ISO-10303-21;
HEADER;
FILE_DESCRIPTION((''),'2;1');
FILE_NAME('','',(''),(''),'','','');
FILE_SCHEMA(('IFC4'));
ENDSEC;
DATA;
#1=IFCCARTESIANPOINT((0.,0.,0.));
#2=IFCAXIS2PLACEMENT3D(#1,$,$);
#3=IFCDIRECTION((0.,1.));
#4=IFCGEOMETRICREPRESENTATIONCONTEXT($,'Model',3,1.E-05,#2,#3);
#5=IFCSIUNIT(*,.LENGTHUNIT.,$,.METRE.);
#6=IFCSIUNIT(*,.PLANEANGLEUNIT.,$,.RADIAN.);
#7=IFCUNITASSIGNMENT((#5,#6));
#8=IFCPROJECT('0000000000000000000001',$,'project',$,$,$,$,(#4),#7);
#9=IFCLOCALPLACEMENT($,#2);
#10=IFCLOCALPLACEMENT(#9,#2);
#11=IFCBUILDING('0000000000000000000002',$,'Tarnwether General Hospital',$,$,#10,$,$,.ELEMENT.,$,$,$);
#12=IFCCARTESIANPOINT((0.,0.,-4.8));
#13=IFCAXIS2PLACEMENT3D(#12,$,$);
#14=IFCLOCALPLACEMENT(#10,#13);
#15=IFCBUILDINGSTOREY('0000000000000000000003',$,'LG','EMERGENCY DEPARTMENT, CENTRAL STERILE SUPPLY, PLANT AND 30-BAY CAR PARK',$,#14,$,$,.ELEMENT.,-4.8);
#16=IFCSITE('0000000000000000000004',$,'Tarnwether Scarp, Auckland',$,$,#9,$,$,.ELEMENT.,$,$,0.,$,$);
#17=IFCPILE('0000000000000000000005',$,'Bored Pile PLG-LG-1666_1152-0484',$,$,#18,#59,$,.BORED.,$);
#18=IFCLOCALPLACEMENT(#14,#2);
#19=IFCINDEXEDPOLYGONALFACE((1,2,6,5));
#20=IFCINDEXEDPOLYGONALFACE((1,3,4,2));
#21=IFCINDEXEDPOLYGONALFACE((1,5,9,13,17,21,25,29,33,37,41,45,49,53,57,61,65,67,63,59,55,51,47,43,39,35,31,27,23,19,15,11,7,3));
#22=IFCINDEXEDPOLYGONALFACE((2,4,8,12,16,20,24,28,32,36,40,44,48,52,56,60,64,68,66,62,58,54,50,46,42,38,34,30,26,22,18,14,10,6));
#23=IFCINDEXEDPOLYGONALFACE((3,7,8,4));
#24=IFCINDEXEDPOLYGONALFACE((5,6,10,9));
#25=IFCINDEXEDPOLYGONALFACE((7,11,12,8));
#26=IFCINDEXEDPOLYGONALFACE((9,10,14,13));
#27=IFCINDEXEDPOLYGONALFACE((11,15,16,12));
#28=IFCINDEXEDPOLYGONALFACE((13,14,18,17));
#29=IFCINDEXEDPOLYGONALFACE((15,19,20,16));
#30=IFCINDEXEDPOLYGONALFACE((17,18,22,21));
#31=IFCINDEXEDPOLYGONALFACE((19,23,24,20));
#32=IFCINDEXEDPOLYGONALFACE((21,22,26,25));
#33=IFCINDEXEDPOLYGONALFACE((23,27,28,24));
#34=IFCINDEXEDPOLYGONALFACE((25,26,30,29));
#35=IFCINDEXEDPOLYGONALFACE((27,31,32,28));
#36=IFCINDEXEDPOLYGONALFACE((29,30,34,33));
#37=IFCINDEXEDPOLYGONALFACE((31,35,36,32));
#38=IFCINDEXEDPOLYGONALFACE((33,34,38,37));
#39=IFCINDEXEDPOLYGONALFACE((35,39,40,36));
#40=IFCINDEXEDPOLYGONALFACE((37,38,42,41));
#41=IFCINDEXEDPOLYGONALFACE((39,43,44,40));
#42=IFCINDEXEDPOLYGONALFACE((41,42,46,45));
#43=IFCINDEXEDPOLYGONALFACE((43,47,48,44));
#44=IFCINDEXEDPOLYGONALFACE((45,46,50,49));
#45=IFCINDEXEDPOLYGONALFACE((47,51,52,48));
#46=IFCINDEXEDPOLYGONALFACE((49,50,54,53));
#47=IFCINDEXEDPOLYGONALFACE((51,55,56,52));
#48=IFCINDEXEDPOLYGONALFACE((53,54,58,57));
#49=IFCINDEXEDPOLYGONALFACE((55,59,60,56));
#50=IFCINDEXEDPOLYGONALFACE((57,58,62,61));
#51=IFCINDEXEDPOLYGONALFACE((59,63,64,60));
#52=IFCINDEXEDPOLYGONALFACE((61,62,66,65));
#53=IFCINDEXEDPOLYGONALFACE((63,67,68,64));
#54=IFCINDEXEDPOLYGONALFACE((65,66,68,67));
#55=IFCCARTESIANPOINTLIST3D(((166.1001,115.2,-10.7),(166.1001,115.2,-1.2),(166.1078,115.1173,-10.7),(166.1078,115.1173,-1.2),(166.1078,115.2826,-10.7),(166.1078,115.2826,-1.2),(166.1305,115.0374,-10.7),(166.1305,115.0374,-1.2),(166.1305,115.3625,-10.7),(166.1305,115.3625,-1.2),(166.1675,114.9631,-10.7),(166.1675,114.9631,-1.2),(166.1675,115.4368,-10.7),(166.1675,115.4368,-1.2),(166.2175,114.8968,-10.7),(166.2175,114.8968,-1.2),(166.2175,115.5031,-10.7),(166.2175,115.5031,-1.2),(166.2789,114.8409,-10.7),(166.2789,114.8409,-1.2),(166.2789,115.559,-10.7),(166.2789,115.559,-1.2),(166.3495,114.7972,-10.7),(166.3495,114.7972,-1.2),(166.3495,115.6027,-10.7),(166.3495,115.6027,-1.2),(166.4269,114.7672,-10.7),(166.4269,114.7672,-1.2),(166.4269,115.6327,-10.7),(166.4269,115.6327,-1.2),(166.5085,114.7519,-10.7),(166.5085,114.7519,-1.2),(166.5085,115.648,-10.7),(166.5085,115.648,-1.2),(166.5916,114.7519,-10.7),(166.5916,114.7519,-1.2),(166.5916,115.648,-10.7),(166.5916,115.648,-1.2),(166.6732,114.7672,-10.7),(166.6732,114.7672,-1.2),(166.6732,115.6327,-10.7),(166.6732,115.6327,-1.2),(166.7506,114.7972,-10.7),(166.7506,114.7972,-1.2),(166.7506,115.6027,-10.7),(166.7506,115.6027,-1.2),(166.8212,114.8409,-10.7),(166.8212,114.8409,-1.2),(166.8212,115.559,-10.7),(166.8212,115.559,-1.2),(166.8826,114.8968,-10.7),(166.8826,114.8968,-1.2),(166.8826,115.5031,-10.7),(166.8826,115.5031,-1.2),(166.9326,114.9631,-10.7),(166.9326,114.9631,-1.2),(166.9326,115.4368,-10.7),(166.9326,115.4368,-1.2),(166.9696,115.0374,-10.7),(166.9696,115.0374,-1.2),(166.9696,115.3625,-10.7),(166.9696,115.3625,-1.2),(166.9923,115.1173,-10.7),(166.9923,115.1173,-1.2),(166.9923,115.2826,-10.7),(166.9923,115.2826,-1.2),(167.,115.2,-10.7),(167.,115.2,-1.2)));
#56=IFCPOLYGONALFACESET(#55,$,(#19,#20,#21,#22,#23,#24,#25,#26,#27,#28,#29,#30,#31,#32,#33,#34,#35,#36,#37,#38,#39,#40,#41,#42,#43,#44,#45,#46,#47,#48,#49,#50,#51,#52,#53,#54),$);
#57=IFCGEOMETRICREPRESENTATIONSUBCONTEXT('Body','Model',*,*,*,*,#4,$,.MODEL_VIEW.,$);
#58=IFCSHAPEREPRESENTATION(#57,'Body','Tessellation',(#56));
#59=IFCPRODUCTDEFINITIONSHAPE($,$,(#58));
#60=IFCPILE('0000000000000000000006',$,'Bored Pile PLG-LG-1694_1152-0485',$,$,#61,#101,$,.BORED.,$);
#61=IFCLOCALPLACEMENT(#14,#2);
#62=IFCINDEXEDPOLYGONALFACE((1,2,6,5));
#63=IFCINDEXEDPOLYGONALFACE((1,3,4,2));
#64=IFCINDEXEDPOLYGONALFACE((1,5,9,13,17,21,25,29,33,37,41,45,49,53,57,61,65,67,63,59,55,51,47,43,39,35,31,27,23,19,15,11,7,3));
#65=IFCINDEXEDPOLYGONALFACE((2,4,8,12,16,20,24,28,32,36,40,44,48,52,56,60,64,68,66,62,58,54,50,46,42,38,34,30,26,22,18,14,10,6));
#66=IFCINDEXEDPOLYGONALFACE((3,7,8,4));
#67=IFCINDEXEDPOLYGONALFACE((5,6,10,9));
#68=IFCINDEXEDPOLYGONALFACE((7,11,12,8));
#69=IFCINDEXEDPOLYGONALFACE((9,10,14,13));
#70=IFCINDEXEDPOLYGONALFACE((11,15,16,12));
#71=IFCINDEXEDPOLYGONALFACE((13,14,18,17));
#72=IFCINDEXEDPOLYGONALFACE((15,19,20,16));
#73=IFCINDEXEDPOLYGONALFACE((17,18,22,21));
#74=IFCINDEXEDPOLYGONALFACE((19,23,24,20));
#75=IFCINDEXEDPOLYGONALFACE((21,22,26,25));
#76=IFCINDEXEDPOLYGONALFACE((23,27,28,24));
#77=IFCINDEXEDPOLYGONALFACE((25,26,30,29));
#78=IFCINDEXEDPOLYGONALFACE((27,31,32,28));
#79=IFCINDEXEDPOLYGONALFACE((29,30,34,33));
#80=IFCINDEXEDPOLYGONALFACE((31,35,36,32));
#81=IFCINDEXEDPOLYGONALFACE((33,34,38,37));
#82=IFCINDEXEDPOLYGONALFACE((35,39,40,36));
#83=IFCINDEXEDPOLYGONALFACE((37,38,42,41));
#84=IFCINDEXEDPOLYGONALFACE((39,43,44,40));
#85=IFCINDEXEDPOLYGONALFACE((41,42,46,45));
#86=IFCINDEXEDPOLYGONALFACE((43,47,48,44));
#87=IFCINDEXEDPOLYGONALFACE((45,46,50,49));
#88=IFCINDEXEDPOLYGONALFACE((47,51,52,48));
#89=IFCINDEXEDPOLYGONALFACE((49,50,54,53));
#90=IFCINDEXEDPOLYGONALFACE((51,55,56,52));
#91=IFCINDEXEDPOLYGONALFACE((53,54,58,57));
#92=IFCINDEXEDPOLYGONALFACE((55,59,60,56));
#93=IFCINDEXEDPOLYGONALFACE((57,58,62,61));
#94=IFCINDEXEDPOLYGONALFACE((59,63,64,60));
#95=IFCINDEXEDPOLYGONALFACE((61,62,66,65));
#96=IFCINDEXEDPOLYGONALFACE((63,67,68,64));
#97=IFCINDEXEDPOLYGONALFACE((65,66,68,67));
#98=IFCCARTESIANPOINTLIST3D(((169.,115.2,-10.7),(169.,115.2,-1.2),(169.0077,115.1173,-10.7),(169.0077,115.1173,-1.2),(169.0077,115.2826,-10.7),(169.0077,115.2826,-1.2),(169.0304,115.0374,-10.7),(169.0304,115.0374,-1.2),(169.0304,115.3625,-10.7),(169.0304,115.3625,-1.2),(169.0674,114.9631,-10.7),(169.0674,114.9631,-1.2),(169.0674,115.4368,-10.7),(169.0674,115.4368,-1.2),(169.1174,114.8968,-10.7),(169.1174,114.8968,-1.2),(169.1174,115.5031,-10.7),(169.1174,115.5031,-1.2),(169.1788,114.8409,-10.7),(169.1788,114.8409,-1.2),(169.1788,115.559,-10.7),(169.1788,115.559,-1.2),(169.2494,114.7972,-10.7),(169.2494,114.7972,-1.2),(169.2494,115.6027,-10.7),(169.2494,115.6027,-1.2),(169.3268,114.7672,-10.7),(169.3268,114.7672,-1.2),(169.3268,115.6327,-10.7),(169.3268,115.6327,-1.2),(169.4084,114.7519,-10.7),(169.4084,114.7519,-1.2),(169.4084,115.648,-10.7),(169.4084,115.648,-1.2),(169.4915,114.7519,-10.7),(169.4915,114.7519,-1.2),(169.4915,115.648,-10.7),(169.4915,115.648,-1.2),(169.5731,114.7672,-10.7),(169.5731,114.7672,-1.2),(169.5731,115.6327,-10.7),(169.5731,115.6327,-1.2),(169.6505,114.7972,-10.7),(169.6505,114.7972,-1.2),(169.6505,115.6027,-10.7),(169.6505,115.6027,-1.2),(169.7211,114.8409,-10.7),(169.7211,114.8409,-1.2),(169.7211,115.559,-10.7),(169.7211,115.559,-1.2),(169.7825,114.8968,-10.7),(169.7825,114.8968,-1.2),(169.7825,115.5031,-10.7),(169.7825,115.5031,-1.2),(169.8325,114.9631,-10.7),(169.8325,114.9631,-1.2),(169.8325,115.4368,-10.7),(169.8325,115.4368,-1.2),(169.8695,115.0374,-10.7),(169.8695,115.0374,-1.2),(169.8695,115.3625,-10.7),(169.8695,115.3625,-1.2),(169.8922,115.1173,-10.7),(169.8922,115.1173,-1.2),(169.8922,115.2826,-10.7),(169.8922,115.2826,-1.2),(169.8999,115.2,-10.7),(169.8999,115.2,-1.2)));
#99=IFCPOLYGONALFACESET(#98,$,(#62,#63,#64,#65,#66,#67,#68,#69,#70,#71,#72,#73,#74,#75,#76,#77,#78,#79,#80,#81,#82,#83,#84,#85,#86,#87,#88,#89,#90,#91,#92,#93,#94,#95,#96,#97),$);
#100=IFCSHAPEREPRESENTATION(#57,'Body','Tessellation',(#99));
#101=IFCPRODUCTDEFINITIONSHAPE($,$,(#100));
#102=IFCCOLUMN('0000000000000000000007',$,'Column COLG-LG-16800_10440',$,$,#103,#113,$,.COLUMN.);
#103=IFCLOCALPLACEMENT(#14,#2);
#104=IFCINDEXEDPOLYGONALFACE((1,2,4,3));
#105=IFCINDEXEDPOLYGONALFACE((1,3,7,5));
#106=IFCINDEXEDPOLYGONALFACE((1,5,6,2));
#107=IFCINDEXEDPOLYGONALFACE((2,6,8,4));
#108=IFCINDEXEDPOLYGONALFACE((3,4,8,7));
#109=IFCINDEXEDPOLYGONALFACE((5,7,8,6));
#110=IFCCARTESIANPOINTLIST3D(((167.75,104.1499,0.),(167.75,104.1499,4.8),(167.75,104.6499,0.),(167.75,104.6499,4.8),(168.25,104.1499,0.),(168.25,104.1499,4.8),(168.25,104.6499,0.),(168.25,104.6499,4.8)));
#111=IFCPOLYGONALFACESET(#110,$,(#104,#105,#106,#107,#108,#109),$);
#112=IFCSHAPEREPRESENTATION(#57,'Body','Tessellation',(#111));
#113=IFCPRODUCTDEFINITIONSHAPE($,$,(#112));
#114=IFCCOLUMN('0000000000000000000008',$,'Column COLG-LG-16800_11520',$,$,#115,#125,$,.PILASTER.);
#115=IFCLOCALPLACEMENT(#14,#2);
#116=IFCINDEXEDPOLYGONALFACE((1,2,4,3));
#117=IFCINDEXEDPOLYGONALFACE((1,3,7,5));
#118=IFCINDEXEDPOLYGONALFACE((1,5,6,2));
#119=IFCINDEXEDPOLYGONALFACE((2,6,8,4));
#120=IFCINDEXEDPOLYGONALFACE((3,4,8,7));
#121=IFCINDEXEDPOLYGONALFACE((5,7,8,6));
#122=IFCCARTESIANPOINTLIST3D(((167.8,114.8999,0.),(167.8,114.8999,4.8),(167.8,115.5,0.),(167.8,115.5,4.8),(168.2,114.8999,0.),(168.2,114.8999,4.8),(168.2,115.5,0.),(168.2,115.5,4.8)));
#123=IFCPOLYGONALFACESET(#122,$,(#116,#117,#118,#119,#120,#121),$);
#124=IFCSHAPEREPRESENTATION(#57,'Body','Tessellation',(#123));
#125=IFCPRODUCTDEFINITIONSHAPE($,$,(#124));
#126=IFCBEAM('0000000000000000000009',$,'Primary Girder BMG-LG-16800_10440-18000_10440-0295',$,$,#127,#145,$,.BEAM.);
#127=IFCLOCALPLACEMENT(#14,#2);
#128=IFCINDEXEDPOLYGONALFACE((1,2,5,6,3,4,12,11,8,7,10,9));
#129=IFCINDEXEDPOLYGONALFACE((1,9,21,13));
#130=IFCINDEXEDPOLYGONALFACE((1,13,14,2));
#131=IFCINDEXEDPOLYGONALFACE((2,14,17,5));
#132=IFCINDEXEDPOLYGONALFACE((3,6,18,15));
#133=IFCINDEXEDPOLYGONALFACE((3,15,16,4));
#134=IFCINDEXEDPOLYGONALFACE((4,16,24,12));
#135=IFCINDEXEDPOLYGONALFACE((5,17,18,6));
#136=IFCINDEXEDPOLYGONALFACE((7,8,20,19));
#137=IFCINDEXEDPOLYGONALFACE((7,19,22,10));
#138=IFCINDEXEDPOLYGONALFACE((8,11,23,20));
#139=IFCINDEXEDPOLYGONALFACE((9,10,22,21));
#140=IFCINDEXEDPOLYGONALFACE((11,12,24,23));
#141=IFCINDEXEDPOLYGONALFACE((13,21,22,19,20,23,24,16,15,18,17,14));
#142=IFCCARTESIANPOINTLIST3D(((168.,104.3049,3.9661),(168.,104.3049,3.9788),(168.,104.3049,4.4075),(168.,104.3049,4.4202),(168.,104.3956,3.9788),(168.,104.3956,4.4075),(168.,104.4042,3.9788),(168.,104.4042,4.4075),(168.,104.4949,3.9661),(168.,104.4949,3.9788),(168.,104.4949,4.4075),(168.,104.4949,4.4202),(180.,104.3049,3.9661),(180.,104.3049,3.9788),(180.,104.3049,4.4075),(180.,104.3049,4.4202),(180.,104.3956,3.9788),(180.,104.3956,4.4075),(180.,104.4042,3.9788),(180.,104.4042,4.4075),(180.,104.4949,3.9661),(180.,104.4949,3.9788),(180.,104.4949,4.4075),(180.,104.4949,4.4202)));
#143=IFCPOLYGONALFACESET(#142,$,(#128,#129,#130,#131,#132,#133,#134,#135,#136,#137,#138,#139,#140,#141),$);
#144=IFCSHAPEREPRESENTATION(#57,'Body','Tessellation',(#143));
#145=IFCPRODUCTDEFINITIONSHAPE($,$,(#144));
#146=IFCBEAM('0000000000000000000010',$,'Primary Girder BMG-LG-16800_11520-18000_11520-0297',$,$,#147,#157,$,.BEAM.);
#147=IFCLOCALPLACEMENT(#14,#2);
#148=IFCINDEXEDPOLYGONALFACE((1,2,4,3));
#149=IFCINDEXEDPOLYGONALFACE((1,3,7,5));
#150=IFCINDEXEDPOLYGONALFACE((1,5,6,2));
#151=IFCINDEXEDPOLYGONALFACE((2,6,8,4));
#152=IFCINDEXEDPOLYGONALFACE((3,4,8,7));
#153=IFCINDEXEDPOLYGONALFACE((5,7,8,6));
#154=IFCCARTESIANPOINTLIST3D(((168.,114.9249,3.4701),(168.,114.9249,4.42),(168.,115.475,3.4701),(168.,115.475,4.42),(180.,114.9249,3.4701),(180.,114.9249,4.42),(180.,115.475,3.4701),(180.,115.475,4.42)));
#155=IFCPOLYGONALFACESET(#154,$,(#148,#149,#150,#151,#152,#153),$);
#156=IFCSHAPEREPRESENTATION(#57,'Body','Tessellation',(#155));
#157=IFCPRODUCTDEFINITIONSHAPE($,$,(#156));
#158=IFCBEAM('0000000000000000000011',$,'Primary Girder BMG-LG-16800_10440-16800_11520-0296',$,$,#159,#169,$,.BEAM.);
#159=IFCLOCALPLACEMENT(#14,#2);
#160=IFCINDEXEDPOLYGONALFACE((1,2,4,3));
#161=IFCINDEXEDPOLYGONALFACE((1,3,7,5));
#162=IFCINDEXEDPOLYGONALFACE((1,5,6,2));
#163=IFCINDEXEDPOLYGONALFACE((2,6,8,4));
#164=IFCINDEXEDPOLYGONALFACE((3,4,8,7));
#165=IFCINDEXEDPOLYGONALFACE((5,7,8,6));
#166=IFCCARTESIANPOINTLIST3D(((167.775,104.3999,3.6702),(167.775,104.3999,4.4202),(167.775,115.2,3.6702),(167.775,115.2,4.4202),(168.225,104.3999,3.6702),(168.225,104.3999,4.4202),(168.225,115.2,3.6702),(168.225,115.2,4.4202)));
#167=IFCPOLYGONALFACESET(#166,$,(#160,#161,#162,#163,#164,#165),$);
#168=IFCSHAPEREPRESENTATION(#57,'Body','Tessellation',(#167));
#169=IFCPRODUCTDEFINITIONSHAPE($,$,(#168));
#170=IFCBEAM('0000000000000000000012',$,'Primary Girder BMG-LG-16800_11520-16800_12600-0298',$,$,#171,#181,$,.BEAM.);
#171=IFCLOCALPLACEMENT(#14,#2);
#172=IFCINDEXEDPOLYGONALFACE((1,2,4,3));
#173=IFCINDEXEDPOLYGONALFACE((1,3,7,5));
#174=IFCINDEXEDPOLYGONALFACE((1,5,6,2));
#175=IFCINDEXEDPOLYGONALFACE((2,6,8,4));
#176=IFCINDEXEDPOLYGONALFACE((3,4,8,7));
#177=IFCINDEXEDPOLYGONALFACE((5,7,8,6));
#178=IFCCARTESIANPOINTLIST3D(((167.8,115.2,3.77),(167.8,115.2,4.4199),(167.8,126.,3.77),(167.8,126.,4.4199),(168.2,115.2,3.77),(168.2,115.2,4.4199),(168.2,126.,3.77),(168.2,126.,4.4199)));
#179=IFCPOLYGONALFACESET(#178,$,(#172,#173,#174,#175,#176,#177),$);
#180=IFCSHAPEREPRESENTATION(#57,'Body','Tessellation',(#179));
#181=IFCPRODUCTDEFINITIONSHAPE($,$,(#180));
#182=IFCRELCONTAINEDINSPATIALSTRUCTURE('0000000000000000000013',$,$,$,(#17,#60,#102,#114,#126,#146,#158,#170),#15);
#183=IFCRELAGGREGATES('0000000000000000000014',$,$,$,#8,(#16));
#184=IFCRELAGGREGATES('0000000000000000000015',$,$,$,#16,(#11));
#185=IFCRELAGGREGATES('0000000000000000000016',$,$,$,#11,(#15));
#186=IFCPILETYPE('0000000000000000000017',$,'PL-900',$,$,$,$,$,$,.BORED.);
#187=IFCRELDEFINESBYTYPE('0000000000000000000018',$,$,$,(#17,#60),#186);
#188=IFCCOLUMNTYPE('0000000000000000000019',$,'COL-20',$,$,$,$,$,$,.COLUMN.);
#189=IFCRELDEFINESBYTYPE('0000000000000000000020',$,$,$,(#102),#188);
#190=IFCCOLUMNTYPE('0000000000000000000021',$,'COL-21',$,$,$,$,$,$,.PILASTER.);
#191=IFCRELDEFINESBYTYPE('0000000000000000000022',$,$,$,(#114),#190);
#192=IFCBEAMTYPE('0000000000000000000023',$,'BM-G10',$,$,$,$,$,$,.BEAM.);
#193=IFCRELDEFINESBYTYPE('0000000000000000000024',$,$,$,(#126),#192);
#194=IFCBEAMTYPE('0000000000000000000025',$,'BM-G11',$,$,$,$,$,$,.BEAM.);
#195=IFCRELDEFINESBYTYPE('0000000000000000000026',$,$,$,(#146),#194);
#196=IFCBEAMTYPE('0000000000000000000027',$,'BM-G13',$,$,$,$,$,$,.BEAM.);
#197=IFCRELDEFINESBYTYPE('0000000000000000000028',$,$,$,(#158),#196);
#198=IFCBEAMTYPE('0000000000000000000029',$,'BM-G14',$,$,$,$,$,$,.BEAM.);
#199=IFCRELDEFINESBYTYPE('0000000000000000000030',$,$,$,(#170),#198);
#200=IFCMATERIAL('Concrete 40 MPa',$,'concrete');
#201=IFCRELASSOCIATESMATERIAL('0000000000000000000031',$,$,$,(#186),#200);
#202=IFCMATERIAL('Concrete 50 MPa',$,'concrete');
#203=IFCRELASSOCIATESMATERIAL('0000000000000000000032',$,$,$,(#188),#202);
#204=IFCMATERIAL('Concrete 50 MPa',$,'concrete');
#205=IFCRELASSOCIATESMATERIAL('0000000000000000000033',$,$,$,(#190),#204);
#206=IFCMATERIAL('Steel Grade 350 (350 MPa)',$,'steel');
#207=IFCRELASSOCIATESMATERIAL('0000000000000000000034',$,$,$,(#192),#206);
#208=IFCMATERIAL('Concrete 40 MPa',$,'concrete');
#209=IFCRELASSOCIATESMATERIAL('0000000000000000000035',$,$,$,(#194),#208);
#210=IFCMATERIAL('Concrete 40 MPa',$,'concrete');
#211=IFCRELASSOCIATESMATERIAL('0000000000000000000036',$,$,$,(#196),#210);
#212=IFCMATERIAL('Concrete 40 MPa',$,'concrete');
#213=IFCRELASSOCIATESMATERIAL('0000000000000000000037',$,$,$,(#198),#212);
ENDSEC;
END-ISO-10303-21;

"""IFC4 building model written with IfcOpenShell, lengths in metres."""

from ifc_helpers import new_model, si_unit, direction, frame, origin, origin_2d, place, context, subcontext, project, spatial, rectangle, circle, i_section, extrude, material, material_profile, profile_set, type_object, element, save


model = new_model("IFC4")

# Units and contexts
model_context = context("Model", 3, precision=1e-05, world=origin(), true_north=direction((0.0, 1.0)))
body_context = subcontext(model_context, "Body", "Model", "MODEL_VIEW")
ifc_project = project(units=[si_unit("LENGTHUNIT", "METRE"), si_unit("PLANEANGLEUNIT", "RADIAN")], contexts=[model_context])

# Site, building, storey
site_placement = place(None, origin())
site = spatial("IfcSite", under=ifc_project, at=site_placement, Name="Tarnwether Scarp, Auckland", CompositionType="ELEMENT", RefElevation=0.0)
building_placement = place(site_placement, origin())
building = spatial("IfcBuilding", under=site, at=building_placement, Name="Tarnwether General Hospital", CompositionType="ELEMENT")
storey_placement = place(building_placement, frame((0.0, 0.0, -4.8)))
storey = spatial("IfcBuildingStorey", under=building, at=storey_placement, Name="LG", Description="EMERGENCY DEPARTMENT, CENTRAL STERILE SUPPLY, PLANT AND 30-BAY CAR PARK", CompositionType="ELEMENT", Elevation=-4.8)

# Piles
ifc_material_1 = material(Name="Concrete 40 MPa", Category="concrete")
ifc_material_profile_1 = material_profile(ifc_material_1, circle(Radius=0.45, at=origin_2d()), Name="PILE-D900")
ifc_profile_set_1 = profile_set([ifc_material_profile_1], Name="Concrete 40 MPa")
pile_type_1 = type_object("IfcPileType", Name="PL-900", PredefinedType="BORED", material=ifc_profile_set_1)
for number, where, z_axis, x_axis, name in (
    (1, (166.55, 115.2, -1.2), (0.0, 0.0, -1.0), (1.0, 0.0, 0.0), "Bored Pile PLG-LG-1666_1152-0484"),
    (2, (169.45, 115.2, -1.2), (0.0, 0.0, -1.0), (1.0, 0.0, 0.0), "Bored Pile PLG-LG-1694_1152-0485"),
):
    element("IfcPile", number, at=place(storey_placement, frame(where, z_axis=z_axis, x_axis=x_axis)), inside=storey, type_object=pile_type_1, Name=name, PredefinedType="BORED", context=body_context, shape_type="SweptSolid", body=[
        extrude(circle(Radius=0.45, at=origin_2d()), origin(), (0.0, 0.0, 1.0), 9.5),
    ])

# Columns
ifc_material_2 = material(Name="Concrete 50 MPa", Category="concrete")
ifc_material_profile_2 = material_profile(ifc_material_2, rectangle(XDim=0.5, YDim=0.5, at=origin_2d()), Name="RC-COL-500x500")
ifc_profile_set_2 = profile_set([ifc_material_profile_2], Name="Concrete 50 MPa")
column_type_1 = type_object("IfcColumnType", Name="COL-20", PredefinedType="COLUMN", material=ifc_profile_set_2)
column_1_placement = place(storey_placement, frame((168.0, 104.3999, 0.0), z_axis=(0.0, 0.0, 1.0), x_axis=(1.0, 0.0, 0.0)))
element("IfcColumn", 3, at=column_1_placement, inside=storey, type_object=column_type_1, Name="Column COLG-LG-16800_10440", PredefinedType="COLUMN", context=body_context, shape_type="SweptSolid", body=[
    extrude(rectangle(XDim=0.5, YDim=0.5, at=origin_2d()), origin(), (0.0, 0.0, 1.0), 4.8),
])
ifc_material_3 = material(Name="Concrete 50 MPa", Category="concrete")
ifc_material_profile_3 = material_profile(ifc_material_3, rectangle(XDim=0.3999, YDim=0.6001, at=origin_2d()), Name="RC-PIL-400x600")
ifc_profile_set_3 = profile_set([ifc_material_profile_3], Name="Concrete 50 MPa")
column_type_2 = type_object("IfcColumnType", Name="COL-21", PredefinedType="PILASTER", material=ifc_profile_set_3)
column_2_placement = place(storey_placement, frame((168.0, 115.2, 0.0), z_axis=(0.0, 0.0, 1.0), x_axis=(1.0, 0.0, 0.0)))
element("IfcColumn", 4, at=column_2_placement, inside=storey, type_object=column_type_2, Name="Column COLG-LG-16800_11520", PredefinedType="PILASTER", context=body_context, shape_type="SweptSolid", body=[
    extrude(rectangle(XDim=0.3999, YDim=0.6001, at=origin_2d()), origin(), (0.0, 0.0, 1.0), 4.8),
])

# Beams
ifc_material_4 = material(Name="Steel Grade 350 (350 MPa)", Category="steel")
ifc_material_profile_4 = material_profile(ifc_material_4, i_section(OverallWidth=0.1899, OverallDepth=0.4541, WebThickness=0.0085, FlangeThickness=0.0127, at=origin_2d()), Name="460UB67.1")
ifc_profile_set_4 = profile_set([ifc_material_profile_4], Name="Steel Grade 350 (350 MPa)")
beam_type_1 = type_object("IfcBeamType", Name="BM-G10", PredefinedType="BEAM", material=ifc_profile_set_4)
beam_1_placement = place(storey_placement, frame((168.0, 104.3999, 4.1931), z_axis=(1.0, 0.0, 0.0), x_axis=(0.0, 1.0, 0.0)))
element("IfcBeam", 5, at=beam_1_placement, inside=storey, type_object=beam_type_1, Name="Primary Girder BMG-LG-16800_10440-18000_10440-0295", PredefinedType="BEAM", context=body_context, shape_type="SweptSolid", body=[
    extrude(i_section(OverallWidth=0.1899, OverallDepth=0.4541, WebThickness=0.0085, FlangeThickness=0.0127, at=origin_2d()), origin(), (0.0, 0.0, 1.0), 12.0),
])
ifc_material_5 = material(Name="Concrete 40 MPa", Category="concrete")
ifc_material_profile_5 = material_profile(ifc_material_5, rectangle(XDim=0.55, YDim=0.95, at=origin_2d()), Name="RC-BM-550x950")
ifc_profile_set_5 = profile_set([ifc_material_profile_5], Name="Concrete 40 MPa")
beam_type_2 = type_object("IfcBeamType", Name="BM-G11", PredefinedType="BEAM", material=ifc_profile_set_5)
beam_2_placement = place(storey_placement, frame((168.0, 115.2, 3.9451), z_axis=(1.0, 0.0, 0.0), x_axis=(0.0, 1.0, 0.0)))
element("IfcBeam", 6, at=beam_2_placement, inside=storey, type_object=beam_type_2, Name="Primary Girder BMG-LG-16800_11520-18000_11520-0297", PredefinedType="BEAM", context=body_context, shape_type="SweptSolid", body=[
    extrude(rectangle(XDim=0.55, YDim=0.95, at=origin_2d()), origin(), (0.0, 0.0, 1.0), 12.0),
])
ifc_material_6 = material(Name="Concrete 40 MPa", Category="concrete")
ifc_material_profile_6 = material_profile(ifc_material_6, rectangle(XDim=0.45, YDim=0.75, at=origin_2d()), Name="RC-BM-450x750")
ifc_profile_set_6 = profile_set([ifc_material_profile_6], Name="Concrete 40 MPa")
beam_type_3 = type_object("IfcBeamType", Name="BM-G13", PredefinedType="BEAM", material=ifc_profile_set_6)
beam_3_placement = place(storey_placement, frame((168.0, 104.3999, 4.0452), z_axis=(0.0, 1.0, 0.0), x_axis=(-1.0, 0.0, 0.0)))
element("IfcBeam", 7, at=beam_3_placement, inside=storey, type_object=beam_type_3, Name="Primary Girder BMG-LG-16800_10440-16800_11520-0296", PredefinedType="BEAM", context=body_context, shape_type="SweptSolid", body=[
    extrude(rectangle(XDim=0.45, YDim=0.75, at=origin_2d()), origin(), (0.0, 0.0, 1.0), 10.8),
])
ifc_material_7 = material(Name="Concrete 40 MPa", Category="concrete")
ifc_material_profile_7 = material_profile(ifc_material_7, rectangle(XDim=0.3999, YDim=0.6499, at=origin_2d()), Name="RC-BM-400x650")
ifc_profile_set_7 = profile_set([ifc_material_profile_7], Name="Concrete 40 MPa")
beam_type_4 = type_object("IfcBeamType", Name="BM-G14", PredefinedType="BEAM", material=ifc_profile_set_7)
beam_4_placement = place(storey_placement, frame((168.0, 115.2, 4.095), z_axis=(0.0, 1.0, 0.0), x_axis=(-1.0, 0.0, 0.0)))
element("IfcBeam", 8, at=beam_4_placement, inside=storey, type_object=beam_type_4, Name="Primary Girder BMG-LG-16800_11520-16800_12600-0298", PredefinedType="BEAM", context=body_context, shape_type="SweptSolid", body=[
    extrude(rectangle(XDim=0.3999, YDim=0.6499, at=origin_2d()), origin(), (0.0, 0.0, 1.0), 10.8),
])

save(model, "model.ifc")
